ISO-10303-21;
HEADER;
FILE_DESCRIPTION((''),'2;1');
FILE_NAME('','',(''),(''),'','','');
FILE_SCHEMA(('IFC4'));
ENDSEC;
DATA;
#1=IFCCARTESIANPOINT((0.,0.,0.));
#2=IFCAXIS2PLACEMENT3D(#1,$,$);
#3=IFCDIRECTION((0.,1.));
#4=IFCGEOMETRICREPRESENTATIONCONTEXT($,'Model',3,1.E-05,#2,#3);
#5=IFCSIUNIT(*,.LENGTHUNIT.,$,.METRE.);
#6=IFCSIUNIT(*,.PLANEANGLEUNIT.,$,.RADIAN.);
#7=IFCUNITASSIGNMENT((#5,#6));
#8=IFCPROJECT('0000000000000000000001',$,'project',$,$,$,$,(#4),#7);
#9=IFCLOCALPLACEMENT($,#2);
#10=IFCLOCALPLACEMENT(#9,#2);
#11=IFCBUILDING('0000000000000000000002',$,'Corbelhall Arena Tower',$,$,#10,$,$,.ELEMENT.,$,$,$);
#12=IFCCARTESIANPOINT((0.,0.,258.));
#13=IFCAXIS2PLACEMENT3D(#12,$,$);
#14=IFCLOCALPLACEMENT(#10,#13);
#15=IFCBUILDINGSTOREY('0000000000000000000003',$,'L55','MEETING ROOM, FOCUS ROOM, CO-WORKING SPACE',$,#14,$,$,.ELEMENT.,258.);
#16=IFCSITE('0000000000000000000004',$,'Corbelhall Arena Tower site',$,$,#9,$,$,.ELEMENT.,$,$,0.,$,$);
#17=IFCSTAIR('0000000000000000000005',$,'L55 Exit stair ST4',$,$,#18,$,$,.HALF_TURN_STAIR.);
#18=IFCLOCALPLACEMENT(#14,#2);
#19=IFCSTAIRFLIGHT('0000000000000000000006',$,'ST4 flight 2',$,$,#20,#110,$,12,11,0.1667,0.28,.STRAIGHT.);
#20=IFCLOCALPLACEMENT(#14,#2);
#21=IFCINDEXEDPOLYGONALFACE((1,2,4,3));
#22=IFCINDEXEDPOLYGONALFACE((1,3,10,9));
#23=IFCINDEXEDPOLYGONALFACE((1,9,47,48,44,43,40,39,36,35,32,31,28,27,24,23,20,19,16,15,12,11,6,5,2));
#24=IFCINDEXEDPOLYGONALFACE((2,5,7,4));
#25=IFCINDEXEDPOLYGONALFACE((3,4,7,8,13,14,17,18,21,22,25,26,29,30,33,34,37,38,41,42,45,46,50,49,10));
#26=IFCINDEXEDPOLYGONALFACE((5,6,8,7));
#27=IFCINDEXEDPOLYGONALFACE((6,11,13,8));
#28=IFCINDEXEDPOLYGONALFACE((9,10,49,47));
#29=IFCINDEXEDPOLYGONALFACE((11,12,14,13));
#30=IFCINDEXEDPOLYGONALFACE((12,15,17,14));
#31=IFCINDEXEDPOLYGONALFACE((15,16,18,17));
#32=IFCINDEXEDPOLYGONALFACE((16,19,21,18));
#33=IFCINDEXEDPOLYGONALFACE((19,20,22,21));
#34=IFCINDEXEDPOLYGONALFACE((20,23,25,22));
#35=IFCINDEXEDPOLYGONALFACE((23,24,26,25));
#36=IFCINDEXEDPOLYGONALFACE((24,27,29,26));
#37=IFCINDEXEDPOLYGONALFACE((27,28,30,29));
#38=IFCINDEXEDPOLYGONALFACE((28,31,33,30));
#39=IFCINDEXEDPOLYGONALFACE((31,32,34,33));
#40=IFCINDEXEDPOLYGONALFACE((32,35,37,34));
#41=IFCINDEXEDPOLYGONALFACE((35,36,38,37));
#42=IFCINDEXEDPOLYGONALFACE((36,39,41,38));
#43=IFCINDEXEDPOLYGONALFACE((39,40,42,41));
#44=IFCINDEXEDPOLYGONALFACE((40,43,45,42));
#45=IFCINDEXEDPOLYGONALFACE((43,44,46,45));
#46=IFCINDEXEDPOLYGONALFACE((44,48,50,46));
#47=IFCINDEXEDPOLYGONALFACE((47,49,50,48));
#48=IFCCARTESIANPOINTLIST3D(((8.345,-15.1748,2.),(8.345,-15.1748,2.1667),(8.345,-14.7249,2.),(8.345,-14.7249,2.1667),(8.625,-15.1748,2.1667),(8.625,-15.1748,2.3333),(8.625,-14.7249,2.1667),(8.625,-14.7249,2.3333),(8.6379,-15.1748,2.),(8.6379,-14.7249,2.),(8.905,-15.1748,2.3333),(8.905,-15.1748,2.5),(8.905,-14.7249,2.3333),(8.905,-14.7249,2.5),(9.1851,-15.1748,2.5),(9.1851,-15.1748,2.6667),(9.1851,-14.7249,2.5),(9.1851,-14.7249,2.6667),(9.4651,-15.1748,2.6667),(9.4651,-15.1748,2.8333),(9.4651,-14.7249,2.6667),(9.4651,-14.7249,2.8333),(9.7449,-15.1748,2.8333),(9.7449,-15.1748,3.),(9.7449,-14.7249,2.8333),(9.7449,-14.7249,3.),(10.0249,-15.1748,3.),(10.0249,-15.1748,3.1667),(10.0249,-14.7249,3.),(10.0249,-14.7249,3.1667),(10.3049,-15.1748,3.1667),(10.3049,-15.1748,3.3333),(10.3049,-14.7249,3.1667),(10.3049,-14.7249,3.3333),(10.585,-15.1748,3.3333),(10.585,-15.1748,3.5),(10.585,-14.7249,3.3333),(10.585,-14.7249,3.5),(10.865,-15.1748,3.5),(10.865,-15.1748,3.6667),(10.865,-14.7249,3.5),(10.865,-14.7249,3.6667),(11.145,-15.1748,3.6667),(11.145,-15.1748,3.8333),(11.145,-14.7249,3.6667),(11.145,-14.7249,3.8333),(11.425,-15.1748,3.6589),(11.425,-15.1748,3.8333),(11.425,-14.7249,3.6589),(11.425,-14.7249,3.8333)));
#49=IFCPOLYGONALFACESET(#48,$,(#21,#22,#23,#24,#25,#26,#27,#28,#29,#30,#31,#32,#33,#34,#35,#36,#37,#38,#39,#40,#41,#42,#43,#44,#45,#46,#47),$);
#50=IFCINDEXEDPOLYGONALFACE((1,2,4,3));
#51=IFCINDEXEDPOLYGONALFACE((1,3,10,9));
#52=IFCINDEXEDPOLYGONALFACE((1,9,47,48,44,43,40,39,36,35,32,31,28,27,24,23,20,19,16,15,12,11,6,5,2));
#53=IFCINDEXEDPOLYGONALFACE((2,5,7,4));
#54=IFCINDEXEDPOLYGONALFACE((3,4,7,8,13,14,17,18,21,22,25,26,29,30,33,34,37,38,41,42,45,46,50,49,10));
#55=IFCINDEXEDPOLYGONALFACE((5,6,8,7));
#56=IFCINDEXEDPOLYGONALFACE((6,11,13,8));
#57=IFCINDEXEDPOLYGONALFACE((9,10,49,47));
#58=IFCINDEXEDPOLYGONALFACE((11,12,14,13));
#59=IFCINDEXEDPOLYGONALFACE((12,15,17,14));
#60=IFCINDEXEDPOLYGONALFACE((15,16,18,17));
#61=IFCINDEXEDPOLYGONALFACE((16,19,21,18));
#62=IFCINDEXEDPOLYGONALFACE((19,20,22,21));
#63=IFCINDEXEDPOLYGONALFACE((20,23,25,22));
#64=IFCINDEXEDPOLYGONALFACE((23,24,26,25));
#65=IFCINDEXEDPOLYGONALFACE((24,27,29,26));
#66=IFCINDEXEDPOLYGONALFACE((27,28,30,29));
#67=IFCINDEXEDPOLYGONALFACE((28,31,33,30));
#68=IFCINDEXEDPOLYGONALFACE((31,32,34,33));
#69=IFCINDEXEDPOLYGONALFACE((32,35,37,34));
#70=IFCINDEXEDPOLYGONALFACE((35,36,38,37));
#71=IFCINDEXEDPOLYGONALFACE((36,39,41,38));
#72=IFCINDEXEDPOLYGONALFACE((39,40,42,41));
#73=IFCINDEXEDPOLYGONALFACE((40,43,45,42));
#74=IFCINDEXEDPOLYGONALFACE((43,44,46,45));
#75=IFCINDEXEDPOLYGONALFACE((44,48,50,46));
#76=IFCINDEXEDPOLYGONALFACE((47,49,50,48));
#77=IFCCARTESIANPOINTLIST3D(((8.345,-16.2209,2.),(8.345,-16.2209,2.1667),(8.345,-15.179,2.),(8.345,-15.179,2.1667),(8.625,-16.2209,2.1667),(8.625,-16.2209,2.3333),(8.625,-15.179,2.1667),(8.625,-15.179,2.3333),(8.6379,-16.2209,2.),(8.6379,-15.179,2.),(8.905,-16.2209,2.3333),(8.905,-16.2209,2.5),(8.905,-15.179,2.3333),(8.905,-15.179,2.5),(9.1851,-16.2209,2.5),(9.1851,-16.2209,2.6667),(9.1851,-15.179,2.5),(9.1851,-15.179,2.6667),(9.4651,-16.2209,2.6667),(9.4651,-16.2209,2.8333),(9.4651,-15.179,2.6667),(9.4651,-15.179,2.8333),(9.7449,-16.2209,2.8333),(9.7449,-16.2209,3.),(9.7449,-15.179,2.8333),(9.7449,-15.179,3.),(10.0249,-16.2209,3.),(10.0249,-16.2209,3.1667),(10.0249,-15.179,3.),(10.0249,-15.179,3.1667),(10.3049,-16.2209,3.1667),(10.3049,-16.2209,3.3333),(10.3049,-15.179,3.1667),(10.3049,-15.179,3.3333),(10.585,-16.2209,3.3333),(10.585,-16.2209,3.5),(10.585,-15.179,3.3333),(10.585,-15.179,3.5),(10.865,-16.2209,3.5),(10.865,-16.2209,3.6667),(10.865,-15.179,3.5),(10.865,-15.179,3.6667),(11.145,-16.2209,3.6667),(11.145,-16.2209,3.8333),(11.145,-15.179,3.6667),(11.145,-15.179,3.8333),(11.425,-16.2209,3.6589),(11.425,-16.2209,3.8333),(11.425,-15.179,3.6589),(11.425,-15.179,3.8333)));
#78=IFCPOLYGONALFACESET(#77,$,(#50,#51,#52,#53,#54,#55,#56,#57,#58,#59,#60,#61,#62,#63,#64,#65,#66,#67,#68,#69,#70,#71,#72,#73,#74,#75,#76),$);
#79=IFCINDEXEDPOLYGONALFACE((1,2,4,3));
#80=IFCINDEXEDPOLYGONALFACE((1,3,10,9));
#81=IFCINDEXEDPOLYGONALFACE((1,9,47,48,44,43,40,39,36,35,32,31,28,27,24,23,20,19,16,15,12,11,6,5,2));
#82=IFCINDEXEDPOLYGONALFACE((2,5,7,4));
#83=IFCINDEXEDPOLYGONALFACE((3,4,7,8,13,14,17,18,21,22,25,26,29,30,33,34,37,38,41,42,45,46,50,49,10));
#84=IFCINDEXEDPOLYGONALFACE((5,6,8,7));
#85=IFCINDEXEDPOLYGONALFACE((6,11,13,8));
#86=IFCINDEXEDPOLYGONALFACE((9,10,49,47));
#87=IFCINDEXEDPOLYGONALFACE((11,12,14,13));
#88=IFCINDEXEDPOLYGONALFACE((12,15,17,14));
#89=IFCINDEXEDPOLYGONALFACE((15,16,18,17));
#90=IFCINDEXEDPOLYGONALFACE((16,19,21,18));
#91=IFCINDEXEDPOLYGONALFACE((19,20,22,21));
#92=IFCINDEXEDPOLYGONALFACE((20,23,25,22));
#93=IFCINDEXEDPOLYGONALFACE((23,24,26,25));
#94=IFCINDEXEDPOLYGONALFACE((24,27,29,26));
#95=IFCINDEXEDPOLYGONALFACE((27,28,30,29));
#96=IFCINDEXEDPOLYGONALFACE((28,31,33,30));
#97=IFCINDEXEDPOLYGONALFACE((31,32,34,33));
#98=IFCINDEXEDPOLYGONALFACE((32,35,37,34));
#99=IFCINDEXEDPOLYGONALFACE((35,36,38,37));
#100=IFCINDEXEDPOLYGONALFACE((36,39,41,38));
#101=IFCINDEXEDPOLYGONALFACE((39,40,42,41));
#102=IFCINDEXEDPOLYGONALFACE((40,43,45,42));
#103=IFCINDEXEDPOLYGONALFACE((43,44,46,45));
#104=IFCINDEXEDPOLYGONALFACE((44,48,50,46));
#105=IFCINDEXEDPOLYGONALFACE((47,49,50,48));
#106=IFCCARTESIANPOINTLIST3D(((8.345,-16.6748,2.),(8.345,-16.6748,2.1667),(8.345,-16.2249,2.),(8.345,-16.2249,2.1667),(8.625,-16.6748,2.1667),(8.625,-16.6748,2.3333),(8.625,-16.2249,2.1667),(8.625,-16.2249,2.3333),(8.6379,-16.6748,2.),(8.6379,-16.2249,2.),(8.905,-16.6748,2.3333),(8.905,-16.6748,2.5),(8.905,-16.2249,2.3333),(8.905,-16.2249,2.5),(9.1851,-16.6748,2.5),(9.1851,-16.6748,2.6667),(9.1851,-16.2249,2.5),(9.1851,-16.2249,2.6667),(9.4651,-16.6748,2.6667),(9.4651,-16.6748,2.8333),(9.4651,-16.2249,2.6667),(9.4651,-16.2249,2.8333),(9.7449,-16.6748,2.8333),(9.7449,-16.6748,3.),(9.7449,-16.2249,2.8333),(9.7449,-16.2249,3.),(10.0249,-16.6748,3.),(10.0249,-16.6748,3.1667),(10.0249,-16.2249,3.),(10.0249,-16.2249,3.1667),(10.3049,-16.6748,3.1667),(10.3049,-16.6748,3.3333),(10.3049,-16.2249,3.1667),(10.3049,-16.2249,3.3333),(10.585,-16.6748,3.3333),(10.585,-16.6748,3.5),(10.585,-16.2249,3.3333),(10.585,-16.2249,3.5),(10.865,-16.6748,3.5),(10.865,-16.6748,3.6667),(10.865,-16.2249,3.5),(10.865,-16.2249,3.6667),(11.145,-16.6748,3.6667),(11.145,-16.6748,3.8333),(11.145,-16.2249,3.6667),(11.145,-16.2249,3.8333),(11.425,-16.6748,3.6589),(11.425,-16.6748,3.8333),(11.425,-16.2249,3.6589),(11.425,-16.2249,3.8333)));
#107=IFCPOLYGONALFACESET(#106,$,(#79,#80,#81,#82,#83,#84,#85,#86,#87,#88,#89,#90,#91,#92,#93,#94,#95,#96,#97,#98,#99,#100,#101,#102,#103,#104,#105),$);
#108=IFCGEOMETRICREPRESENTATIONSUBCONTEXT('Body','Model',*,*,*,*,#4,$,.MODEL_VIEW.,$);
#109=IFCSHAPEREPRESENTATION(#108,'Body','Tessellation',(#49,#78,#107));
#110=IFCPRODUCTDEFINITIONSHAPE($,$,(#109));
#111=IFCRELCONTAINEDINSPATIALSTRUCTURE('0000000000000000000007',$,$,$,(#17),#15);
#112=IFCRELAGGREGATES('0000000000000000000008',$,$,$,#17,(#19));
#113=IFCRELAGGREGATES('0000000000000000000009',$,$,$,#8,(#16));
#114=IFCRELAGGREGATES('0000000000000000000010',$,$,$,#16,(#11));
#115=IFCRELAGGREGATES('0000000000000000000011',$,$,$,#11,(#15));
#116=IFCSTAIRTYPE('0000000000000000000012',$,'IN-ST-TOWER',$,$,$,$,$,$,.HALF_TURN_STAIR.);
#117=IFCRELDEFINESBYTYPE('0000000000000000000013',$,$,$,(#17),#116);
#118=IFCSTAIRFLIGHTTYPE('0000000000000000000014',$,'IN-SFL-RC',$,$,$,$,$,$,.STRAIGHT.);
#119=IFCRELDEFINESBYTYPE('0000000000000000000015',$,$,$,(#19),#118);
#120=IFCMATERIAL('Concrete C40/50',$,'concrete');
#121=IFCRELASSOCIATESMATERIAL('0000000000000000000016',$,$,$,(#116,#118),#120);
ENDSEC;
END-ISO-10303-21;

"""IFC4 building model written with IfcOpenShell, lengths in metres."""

from ifc_helpers import new_model, si_unit, direction, frame, origin, place, context, subcontext, project, spatial, polyline, outline, extrude, material, type_object, element, aggregate, save


model = new_model("IFC4")

# Units and contexts
model_context = context("Model", 3, precision=1e-05, world=origin(), true_north=direction((0.0, 1.0)))
body_context = subcontext(model_context, "Body", "Model", "MODEL_VIEW")
ifc_project = project(units=[si_unit("LENGTHUNIT", "METRE"), si_unit("PLANEANGLEUNIT", "RADIAN")], contexts=[model_context])

# Site, building, storey
site_placement = place(None, origin())
site = spatial("IfcSite", under=ifc_project, at=site_placement, Name="Corbelhall Arena Tower site", CompositionType="ELEMENT", RefElevation=0.0)
building_placement = place(site_placement, origin())
building = spatial("IfcBuilding", under=site, at=building_placement, Name="Corbelhall Arena Tower", CompositionType="ELEMENT")
storey_placement = place(building_placement, frame((0.0, 0.0, 258.0)))
storey = spatial("IfcBuildingStorey", under=building, at=storey_placement, Name="L55", Description="MEETING ROOM, FOCUS ROOM, CO-WORKING SPACE", CompositionType="ELEMENT", Elevation=258.0)

# Shared definitions
ifc_material_1 = material(Name="Concrete C40/50", Category="concrete")

# Stair, stair flight
stair_type = type_object("IfcStairType", Name="IN-ST-TOWER", PredefinedType="HALF_TURN_STAIR", material=ifc_material_1)
stair_placement = place(storey_placement, origin())
stair = element("IfcStair", 1, at=stair_placement, inside=storey, type_object=stair_type, Name="L55 Exit stair ST4", PredefinedType="HALF_TURN_STAIR")
stair_flight_type = type_object("IfcStairFlightType", Name="IN-SFL-RC", PredefinedType="STRAIGHT", material=ifc_material_1)
stair_flight_1_placement = place(storey_placement, frame((8.345, -15.7, 2.0), z_axis=(0.0, 0.0, 1.0), x_axis=(1.0, 0.0, 0.0)))
stair_flight_1 = element("IfcStairFlight", 2, at=stair_flight_1_placement, type_object=stair_flight_type, Name="ST4 flight 2", NumberOfRisers=12, NumberOfTreads=11, PredefinedType="STRAIGHT", RiserHeight=0.1667, TreadLength=0.28, context=body_context, shape_type="SweptSolid", body=[
    extrude(outline(polyline([(0.0, 0.0), (0.0, 0.1667), (0.28, 0.1667), (0.28, 0.3333), (0.5601, 0.3333), (0.5601, 0.5), (0.8401, 0.5), (0.8401, 0.6667), (1.1201, 0.6667), (1.1201, 0.8333), (1.3999, 0.8333), (1.3999, 1.0), (1.6799, 1.0), (1.6799, 1.1667), (1.96, 1.1667), (1.96, 1.3333), (2.24, 1.3333), (2.24, 1.5), (2.52, 1.5), (2.52, 1.6667), (2.8, 1.6667), (2.8, 1.8333), (3.0801, 1.8333), (3.0801, 2.0), (3.0801, 1.6589), (0.293, 0.0), (0.0, 0.0)])), frame((0.0, 0.9751, 0.0), z_axis=(0.0, -1.0, 0.0), x_axis=(1.0, 0.0, 0.0)), (0.0, 0.0, 1.0), 0.45),
    extrude(outline(polyline([(0.0, 0.0), (0.0, 0.1667), (0.28, 0.1667), (0.28, 0.3333), (0.5601, 0.3333), (0.5601, 0.5), (0.8401, 0.5), (0.8401, 0.6667), (1.1201, 0.6667), (1.1201, 0.8333), (1.3999, 0.8333), (1.3999, 1.0), (1.6799, 1.0), (1.6799, 1.1667), (1.96, 1.1667), (1.96, 1.3333), (2.24, 1.3333), (2.24, 1.5), (2.52, 1.5), (2.52, 1.6667), (2.8, 1.6667), (2.8, 1.8333), (3.0801, 1.8333), (3.0801, 2.0), (3.0801, 1.6589), (0.293, 0.0), (0.0, 0.0)])), frame((0.0, 0.521, 0.0), z_axis=(0.0, -1.0, 0.0), x_axis=(1.0, 0.0, 0.0)), (0.0, 0.0, 1.0), 1.042),
    extrude(outline(polyline([(0.0, 0.0), (0.0, 0.1667), (0.28, 0.1667), (0.28, 0.3333), (0.5601, 0.3333), (0.5601, 0.5), (0.8401, 0.5), (0.8401, 0.6667), (1.1201, 0.6667), (1.1201, 0.8333), (1.3999, 0.8333), (1.3999, 1.0), (1.6799, 1.0), (1.6799, 1.1667), (1.96, 1.1667), (1.96, 1.3333), (2.24, 1.3333), (2.24, 1.5), (2.52, 1.5), (2.52, 1.6667), (2.8, 1.6667), (2.8, 1.8333), (3.0801, 1.8333), (3.0801, 2.0), (3.0801, 1.6589), (0.293, 0.0), (0.0, 0.0)])), frame((0.0, -0.5249, 0.0), z_axis=(0.0, -1.0, 0.0), x_axis=(1.0, 0.0, 0.0)), (0.0, 0.0, 1.0), 0.45),
])
aggregate(stair, [stair_flight_1])

save(model, "model.ifc")
